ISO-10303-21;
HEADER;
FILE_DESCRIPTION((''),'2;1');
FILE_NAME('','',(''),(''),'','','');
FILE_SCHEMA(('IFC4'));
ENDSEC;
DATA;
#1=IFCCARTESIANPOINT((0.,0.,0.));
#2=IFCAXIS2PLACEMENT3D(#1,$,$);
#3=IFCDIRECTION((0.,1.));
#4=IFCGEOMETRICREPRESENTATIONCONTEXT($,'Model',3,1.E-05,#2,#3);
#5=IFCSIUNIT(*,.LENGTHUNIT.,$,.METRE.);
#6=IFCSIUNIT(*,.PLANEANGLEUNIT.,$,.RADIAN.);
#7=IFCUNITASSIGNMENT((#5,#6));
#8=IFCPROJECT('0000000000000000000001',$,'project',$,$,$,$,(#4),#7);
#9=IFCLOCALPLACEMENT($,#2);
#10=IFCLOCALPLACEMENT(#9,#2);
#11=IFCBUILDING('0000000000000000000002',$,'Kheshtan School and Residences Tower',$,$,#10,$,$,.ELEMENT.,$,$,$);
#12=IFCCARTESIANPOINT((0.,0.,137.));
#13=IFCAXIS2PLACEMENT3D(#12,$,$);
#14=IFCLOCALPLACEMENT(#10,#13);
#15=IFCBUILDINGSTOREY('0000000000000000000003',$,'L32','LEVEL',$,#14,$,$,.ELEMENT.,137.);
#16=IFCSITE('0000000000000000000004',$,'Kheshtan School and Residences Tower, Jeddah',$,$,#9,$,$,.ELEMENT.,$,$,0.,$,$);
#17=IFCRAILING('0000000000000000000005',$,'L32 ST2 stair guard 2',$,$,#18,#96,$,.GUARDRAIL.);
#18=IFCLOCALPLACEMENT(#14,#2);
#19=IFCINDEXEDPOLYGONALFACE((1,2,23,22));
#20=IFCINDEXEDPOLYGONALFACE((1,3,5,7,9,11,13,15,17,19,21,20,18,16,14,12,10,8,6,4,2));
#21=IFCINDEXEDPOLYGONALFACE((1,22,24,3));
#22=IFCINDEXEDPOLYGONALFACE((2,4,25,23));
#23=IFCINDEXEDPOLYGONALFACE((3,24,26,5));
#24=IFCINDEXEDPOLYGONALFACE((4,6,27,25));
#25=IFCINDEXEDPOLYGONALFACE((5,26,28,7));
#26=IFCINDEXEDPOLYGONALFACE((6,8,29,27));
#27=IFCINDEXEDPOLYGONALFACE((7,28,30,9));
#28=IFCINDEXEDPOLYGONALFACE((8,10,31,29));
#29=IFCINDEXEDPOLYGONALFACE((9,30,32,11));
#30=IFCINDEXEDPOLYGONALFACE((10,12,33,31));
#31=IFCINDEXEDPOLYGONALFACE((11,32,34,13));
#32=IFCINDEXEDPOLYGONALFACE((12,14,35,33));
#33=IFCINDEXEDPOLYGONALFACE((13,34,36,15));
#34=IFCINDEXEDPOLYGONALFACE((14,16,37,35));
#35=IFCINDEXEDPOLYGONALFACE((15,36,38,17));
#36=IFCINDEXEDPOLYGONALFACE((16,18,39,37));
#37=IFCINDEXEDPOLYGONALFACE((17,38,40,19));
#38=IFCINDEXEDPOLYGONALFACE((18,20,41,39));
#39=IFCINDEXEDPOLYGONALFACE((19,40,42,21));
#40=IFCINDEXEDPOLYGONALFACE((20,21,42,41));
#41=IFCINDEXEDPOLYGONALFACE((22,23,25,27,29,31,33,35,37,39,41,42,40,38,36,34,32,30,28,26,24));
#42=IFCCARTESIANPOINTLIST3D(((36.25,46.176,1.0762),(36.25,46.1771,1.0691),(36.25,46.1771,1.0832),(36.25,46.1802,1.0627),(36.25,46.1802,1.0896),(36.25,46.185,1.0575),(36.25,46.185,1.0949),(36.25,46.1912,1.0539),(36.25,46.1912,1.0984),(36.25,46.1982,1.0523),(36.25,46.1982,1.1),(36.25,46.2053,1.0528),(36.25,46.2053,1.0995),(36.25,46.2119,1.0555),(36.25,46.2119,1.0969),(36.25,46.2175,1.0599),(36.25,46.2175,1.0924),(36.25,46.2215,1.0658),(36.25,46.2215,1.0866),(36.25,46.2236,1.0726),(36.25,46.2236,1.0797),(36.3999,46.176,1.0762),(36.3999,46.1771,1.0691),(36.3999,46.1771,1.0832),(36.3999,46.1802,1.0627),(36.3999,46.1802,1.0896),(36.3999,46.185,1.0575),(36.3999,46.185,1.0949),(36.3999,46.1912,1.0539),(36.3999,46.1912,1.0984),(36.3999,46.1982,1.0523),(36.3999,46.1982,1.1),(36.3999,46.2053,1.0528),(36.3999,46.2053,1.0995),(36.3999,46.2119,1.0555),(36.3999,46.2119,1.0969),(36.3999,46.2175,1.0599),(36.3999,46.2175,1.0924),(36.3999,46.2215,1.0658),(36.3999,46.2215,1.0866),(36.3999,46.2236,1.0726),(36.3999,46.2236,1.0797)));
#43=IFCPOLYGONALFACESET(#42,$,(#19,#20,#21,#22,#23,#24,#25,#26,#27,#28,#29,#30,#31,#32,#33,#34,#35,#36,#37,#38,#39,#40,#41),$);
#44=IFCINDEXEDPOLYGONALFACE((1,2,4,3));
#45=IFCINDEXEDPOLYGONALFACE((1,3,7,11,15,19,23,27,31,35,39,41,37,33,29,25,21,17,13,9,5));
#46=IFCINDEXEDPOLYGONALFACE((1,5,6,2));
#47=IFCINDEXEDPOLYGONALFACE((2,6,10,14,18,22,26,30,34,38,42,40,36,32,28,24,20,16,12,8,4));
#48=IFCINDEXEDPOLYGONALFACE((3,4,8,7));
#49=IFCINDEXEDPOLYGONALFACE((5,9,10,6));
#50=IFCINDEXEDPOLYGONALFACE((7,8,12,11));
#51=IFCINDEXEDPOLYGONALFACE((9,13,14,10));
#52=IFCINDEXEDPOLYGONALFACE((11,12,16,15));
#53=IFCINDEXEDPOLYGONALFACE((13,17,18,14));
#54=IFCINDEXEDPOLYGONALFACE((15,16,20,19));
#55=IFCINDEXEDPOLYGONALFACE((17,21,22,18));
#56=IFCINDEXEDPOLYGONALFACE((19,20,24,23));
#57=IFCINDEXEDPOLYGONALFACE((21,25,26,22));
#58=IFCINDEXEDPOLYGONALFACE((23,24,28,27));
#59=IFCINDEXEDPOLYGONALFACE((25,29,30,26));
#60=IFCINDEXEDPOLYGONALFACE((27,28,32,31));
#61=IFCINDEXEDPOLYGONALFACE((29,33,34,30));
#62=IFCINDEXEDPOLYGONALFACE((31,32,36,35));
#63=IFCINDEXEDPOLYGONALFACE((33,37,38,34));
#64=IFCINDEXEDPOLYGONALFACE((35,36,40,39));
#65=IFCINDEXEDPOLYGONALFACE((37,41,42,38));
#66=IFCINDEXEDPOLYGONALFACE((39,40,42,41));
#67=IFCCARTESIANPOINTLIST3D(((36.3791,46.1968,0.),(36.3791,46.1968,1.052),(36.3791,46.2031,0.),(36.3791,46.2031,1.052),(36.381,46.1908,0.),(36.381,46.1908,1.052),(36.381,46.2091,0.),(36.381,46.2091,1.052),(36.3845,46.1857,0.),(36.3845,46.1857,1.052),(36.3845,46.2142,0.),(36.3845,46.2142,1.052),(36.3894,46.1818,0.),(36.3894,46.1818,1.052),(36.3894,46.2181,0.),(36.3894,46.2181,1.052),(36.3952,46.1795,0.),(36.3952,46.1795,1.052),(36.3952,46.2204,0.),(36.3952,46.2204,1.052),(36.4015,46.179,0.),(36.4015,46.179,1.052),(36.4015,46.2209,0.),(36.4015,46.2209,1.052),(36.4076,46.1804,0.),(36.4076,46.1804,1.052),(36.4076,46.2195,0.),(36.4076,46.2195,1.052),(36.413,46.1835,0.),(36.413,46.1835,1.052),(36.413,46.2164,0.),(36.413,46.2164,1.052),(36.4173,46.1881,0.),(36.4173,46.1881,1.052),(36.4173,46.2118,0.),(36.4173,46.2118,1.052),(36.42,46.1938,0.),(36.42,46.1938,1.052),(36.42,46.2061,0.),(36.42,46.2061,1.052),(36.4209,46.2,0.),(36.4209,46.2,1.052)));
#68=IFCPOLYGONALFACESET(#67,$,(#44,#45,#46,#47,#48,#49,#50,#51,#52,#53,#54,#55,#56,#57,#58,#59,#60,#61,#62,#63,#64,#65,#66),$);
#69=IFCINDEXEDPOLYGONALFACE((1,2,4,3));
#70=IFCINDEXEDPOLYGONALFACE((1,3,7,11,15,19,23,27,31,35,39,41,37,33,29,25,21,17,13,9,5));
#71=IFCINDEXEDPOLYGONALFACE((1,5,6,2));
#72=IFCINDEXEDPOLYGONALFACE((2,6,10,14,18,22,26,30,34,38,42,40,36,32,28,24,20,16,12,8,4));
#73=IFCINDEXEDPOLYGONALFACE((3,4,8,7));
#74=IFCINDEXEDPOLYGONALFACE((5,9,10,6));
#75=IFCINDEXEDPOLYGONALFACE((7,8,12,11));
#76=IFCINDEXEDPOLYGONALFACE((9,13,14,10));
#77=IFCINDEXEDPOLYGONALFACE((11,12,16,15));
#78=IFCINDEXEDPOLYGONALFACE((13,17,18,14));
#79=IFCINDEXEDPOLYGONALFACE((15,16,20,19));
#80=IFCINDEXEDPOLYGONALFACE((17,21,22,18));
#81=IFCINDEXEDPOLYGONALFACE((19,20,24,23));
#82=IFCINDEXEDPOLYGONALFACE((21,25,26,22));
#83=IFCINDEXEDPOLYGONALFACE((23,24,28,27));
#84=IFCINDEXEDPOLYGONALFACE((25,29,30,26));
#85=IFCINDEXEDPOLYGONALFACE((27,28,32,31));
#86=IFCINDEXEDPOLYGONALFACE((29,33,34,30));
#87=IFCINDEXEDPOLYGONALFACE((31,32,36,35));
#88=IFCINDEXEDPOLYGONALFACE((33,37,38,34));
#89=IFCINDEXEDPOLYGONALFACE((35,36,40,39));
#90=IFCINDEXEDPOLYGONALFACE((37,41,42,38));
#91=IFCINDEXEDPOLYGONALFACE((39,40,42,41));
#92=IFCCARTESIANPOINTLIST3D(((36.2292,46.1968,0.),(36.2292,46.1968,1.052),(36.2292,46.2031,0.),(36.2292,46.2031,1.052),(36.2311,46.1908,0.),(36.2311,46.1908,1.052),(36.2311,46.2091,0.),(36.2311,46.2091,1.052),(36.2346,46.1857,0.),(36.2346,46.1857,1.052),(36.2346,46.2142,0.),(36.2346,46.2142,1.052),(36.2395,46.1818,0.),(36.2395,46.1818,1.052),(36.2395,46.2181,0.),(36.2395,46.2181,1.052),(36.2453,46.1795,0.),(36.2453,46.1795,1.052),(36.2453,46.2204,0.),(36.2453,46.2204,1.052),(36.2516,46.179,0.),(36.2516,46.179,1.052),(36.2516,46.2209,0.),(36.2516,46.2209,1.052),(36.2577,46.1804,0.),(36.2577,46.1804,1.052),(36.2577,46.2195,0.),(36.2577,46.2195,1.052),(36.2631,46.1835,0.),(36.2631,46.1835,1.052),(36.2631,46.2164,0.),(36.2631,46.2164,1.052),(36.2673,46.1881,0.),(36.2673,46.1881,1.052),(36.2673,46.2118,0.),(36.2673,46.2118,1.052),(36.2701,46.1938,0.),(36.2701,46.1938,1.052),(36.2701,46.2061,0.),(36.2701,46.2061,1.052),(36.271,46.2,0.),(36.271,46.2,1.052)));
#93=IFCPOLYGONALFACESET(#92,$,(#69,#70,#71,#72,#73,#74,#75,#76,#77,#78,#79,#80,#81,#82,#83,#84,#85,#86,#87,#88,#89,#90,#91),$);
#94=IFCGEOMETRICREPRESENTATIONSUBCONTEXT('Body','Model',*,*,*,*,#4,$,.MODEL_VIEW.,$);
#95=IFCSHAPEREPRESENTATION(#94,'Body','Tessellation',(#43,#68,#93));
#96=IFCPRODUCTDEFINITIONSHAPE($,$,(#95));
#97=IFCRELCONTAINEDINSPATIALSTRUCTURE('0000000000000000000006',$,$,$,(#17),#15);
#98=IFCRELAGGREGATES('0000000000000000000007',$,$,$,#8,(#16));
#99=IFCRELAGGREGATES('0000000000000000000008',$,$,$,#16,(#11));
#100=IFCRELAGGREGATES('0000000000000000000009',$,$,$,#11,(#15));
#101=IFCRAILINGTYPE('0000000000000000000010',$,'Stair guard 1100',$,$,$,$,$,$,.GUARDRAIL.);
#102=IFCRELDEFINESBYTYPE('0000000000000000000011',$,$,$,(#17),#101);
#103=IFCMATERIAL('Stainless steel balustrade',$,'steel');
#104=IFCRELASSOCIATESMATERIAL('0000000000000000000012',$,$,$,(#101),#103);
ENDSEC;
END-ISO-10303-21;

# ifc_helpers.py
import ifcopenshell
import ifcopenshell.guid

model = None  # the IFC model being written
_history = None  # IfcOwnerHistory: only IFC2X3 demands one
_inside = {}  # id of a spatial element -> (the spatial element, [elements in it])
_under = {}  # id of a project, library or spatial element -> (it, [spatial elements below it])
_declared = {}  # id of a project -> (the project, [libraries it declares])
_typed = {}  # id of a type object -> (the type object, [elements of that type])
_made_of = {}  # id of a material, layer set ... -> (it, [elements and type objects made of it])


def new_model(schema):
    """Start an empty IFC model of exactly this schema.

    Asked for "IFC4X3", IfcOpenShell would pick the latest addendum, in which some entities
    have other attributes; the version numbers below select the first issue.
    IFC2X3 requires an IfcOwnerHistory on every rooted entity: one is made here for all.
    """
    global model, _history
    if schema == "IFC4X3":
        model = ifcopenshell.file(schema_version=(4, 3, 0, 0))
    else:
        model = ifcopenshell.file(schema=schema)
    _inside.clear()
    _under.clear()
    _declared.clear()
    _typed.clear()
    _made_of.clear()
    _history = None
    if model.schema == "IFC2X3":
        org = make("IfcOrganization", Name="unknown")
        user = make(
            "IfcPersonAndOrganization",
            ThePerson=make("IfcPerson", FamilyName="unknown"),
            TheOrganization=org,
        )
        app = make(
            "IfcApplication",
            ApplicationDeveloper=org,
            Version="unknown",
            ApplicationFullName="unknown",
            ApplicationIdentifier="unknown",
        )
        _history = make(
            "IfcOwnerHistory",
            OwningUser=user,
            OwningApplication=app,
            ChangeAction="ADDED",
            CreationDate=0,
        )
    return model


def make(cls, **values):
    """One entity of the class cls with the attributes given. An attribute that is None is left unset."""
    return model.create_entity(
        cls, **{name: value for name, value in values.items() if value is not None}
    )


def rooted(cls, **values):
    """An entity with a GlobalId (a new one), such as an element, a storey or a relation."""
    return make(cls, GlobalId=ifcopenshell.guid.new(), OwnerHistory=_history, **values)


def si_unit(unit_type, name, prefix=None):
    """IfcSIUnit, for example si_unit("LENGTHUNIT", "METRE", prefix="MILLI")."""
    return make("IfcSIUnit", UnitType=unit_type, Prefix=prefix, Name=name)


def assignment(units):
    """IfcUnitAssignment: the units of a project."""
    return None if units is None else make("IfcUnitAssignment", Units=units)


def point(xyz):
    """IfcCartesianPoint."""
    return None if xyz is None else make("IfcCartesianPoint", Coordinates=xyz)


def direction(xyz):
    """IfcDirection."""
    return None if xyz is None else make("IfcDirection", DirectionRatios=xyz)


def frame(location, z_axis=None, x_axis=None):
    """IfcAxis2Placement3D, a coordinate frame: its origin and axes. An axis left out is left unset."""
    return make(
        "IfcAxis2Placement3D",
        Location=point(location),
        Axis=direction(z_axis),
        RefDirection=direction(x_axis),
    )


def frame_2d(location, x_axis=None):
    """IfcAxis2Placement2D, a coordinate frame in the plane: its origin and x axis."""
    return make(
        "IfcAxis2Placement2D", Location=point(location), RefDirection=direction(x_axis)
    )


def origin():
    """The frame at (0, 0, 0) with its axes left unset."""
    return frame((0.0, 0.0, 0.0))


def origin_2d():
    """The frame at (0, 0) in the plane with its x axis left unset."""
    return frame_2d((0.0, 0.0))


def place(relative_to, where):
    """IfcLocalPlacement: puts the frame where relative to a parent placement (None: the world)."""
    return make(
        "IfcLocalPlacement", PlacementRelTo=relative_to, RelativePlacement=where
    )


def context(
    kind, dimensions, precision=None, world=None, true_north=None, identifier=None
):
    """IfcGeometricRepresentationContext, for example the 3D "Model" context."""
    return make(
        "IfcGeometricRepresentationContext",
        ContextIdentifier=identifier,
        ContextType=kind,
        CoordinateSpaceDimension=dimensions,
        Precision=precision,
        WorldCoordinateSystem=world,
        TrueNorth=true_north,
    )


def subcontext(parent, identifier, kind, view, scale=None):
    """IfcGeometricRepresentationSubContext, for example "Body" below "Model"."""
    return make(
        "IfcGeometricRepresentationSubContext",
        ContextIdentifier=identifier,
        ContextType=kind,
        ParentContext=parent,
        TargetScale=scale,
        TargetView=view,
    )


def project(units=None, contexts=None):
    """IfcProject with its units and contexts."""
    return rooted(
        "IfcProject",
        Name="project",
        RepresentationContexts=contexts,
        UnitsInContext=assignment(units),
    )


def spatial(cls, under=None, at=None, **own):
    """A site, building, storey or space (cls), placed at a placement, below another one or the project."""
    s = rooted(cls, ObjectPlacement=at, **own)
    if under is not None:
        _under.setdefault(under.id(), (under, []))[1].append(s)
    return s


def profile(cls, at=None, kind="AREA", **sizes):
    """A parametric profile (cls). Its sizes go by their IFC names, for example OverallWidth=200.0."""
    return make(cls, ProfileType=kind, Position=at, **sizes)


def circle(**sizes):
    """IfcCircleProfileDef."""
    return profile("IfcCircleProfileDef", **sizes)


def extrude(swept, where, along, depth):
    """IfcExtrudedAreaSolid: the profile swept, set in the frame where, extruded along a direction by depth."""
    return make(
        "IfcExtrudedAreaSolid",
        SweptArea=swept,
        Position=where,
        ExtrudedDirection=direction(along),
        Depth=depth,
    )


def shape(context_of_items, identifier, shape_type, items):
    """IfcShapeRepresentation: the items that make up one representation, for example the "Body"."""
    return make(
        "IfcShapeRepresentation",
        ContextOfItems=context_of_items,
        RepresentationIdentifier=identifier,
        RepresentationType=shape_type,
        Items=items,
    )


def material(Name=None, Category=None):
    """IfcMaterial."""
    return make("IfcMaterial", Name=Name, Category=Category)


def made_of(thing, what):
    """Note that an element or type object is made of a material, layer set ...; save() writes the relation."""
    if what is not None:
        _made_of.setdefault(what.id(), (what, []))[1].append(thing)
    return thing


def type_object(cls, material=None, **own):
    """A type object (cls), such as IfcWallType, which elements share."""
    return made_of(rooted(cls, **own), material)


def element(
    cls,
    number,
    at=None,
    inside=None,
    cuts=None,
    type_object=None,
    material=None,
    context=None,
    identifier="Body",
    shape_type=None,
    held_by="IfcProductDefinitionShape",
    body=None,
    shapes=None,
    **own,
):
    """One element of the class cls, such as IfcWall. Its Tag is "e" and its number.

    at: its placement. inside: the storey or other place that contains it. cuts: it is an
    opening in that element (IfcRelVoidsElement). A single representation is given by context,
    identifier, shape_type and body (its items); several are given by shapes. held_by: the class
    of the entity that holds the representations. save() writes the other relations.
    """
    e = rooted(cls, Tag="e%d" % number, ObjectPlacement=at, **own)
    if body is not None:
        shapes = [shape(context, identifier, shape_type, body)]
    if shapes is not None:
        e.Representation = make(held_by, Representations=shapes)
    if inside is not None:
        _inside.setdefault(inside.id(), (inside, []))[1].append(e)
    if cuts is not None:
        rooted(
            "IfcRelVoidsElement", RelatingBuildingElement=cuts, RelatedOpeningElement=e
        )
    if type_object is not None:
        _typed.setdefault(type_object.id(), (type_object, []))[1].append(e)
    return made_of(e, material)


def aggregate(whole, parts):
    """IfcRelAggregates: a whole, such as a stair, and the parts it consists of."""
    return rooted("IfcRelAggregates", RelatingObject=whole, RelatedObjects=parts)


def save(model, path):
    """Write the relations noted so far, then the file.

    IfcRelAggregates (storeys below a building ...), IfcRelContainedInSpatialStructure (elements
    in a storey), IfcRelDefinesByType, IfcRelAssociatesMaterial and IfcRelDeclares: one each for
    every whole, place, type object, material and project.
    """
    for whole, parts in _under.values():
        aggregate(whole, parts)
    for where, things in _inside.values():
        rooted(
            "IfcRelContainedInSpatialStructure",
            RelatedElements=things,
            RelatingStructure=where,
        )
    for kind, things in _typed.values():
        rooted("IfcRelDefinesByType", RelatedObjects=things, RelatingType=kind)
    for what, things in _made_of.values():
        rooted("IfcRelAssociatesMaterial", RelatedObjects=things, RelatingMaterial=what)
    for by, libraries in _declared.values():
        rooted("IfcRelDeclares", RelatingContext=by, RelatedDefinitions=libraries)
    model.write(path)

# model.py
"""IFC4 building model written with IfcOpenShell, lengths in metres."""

from ifc_helpers import new_model, si_unit, direction, frame, origin, origin_2d, place, context, subcontext, project, spatial, circle, extrude, material, type_object, element, save


model = new_model("IFC4")

# Units and contexts
model_context = context("Model", 3, precision=1e-05, world=origin(), true_north=direction((0.0, 1.0)))
body_context = subcontext(model_context, "Body", "Model", "MODEL_VIEW")
ifc_project = project(units=[si_unit("LENGTHUNIT", "METRE"), si_unit("PLANEANGLEUNIT", "RADIAN")], contexts=[model_context])

# Site, building, storey
site_placement = place(None, origin())
site = spatial("IfcSite", under=ifc_project, at=site_placement, Name="Kheshtan School and Residences Tower, Jeddah", CompositionType="ELEMENT", RefElevation=0.0)
building_placement = place(site_placement, origin())
building = spatial("IfcBuilding", under=site, at=building_placement, Name="Kheshtan School and Residences Tower", CompositionType="ELEMENT")
storey_placement = place(building_placement, frame((0.0, 0.0, 137.0)))
storey = spatial("IfcBuildingStorey", under=building, at=storey_placement, Name="L32", Description="LEVEL", CompositionType="ELEMENT", Elevation=137.0)

# Railing
ifc_material_1 = material(Name="Stainless steel balustrade", Category="steel")
railing_type_1 = type_object("IfcRailingType", Name="Stair guard 1100", PredefinedType="GUARDRAIL", material=ifc_material_1)
railing_1_placement = place(storey_placement, frame((36.3999, 46.2, 0.0)))
element("IfcRailing", 1, at=railing_1_placement, inside=storey, type_object=railing_type_1, Name="L32 ST2 stair guard 2", PredefinedType="GUARDRAIL", context=body_context, shape_type="SweptSolid", body=[
    extrude(circle(Radius=0.0239, at=origin_2d()), frame((0.0, 0.0, 1.0762), z_axis=(-1.0, 0.0, 0.0), x_axis=(0.0, -1.0, 0.0)), (0.0, 0.0, 1.0), 0.1499),
    extrude(circle(Radius=0.021, at=origin_2d()), origin(), (0.0, 0.0, 1.0), 1.052),
    extrude(circle(Radius=0.021, at=origin_2d()), frame((-0.1499, 0.0, 0.0)), (0.0, 0.0, 1.0), 1.052),
])

save(model, "model.ifc")
